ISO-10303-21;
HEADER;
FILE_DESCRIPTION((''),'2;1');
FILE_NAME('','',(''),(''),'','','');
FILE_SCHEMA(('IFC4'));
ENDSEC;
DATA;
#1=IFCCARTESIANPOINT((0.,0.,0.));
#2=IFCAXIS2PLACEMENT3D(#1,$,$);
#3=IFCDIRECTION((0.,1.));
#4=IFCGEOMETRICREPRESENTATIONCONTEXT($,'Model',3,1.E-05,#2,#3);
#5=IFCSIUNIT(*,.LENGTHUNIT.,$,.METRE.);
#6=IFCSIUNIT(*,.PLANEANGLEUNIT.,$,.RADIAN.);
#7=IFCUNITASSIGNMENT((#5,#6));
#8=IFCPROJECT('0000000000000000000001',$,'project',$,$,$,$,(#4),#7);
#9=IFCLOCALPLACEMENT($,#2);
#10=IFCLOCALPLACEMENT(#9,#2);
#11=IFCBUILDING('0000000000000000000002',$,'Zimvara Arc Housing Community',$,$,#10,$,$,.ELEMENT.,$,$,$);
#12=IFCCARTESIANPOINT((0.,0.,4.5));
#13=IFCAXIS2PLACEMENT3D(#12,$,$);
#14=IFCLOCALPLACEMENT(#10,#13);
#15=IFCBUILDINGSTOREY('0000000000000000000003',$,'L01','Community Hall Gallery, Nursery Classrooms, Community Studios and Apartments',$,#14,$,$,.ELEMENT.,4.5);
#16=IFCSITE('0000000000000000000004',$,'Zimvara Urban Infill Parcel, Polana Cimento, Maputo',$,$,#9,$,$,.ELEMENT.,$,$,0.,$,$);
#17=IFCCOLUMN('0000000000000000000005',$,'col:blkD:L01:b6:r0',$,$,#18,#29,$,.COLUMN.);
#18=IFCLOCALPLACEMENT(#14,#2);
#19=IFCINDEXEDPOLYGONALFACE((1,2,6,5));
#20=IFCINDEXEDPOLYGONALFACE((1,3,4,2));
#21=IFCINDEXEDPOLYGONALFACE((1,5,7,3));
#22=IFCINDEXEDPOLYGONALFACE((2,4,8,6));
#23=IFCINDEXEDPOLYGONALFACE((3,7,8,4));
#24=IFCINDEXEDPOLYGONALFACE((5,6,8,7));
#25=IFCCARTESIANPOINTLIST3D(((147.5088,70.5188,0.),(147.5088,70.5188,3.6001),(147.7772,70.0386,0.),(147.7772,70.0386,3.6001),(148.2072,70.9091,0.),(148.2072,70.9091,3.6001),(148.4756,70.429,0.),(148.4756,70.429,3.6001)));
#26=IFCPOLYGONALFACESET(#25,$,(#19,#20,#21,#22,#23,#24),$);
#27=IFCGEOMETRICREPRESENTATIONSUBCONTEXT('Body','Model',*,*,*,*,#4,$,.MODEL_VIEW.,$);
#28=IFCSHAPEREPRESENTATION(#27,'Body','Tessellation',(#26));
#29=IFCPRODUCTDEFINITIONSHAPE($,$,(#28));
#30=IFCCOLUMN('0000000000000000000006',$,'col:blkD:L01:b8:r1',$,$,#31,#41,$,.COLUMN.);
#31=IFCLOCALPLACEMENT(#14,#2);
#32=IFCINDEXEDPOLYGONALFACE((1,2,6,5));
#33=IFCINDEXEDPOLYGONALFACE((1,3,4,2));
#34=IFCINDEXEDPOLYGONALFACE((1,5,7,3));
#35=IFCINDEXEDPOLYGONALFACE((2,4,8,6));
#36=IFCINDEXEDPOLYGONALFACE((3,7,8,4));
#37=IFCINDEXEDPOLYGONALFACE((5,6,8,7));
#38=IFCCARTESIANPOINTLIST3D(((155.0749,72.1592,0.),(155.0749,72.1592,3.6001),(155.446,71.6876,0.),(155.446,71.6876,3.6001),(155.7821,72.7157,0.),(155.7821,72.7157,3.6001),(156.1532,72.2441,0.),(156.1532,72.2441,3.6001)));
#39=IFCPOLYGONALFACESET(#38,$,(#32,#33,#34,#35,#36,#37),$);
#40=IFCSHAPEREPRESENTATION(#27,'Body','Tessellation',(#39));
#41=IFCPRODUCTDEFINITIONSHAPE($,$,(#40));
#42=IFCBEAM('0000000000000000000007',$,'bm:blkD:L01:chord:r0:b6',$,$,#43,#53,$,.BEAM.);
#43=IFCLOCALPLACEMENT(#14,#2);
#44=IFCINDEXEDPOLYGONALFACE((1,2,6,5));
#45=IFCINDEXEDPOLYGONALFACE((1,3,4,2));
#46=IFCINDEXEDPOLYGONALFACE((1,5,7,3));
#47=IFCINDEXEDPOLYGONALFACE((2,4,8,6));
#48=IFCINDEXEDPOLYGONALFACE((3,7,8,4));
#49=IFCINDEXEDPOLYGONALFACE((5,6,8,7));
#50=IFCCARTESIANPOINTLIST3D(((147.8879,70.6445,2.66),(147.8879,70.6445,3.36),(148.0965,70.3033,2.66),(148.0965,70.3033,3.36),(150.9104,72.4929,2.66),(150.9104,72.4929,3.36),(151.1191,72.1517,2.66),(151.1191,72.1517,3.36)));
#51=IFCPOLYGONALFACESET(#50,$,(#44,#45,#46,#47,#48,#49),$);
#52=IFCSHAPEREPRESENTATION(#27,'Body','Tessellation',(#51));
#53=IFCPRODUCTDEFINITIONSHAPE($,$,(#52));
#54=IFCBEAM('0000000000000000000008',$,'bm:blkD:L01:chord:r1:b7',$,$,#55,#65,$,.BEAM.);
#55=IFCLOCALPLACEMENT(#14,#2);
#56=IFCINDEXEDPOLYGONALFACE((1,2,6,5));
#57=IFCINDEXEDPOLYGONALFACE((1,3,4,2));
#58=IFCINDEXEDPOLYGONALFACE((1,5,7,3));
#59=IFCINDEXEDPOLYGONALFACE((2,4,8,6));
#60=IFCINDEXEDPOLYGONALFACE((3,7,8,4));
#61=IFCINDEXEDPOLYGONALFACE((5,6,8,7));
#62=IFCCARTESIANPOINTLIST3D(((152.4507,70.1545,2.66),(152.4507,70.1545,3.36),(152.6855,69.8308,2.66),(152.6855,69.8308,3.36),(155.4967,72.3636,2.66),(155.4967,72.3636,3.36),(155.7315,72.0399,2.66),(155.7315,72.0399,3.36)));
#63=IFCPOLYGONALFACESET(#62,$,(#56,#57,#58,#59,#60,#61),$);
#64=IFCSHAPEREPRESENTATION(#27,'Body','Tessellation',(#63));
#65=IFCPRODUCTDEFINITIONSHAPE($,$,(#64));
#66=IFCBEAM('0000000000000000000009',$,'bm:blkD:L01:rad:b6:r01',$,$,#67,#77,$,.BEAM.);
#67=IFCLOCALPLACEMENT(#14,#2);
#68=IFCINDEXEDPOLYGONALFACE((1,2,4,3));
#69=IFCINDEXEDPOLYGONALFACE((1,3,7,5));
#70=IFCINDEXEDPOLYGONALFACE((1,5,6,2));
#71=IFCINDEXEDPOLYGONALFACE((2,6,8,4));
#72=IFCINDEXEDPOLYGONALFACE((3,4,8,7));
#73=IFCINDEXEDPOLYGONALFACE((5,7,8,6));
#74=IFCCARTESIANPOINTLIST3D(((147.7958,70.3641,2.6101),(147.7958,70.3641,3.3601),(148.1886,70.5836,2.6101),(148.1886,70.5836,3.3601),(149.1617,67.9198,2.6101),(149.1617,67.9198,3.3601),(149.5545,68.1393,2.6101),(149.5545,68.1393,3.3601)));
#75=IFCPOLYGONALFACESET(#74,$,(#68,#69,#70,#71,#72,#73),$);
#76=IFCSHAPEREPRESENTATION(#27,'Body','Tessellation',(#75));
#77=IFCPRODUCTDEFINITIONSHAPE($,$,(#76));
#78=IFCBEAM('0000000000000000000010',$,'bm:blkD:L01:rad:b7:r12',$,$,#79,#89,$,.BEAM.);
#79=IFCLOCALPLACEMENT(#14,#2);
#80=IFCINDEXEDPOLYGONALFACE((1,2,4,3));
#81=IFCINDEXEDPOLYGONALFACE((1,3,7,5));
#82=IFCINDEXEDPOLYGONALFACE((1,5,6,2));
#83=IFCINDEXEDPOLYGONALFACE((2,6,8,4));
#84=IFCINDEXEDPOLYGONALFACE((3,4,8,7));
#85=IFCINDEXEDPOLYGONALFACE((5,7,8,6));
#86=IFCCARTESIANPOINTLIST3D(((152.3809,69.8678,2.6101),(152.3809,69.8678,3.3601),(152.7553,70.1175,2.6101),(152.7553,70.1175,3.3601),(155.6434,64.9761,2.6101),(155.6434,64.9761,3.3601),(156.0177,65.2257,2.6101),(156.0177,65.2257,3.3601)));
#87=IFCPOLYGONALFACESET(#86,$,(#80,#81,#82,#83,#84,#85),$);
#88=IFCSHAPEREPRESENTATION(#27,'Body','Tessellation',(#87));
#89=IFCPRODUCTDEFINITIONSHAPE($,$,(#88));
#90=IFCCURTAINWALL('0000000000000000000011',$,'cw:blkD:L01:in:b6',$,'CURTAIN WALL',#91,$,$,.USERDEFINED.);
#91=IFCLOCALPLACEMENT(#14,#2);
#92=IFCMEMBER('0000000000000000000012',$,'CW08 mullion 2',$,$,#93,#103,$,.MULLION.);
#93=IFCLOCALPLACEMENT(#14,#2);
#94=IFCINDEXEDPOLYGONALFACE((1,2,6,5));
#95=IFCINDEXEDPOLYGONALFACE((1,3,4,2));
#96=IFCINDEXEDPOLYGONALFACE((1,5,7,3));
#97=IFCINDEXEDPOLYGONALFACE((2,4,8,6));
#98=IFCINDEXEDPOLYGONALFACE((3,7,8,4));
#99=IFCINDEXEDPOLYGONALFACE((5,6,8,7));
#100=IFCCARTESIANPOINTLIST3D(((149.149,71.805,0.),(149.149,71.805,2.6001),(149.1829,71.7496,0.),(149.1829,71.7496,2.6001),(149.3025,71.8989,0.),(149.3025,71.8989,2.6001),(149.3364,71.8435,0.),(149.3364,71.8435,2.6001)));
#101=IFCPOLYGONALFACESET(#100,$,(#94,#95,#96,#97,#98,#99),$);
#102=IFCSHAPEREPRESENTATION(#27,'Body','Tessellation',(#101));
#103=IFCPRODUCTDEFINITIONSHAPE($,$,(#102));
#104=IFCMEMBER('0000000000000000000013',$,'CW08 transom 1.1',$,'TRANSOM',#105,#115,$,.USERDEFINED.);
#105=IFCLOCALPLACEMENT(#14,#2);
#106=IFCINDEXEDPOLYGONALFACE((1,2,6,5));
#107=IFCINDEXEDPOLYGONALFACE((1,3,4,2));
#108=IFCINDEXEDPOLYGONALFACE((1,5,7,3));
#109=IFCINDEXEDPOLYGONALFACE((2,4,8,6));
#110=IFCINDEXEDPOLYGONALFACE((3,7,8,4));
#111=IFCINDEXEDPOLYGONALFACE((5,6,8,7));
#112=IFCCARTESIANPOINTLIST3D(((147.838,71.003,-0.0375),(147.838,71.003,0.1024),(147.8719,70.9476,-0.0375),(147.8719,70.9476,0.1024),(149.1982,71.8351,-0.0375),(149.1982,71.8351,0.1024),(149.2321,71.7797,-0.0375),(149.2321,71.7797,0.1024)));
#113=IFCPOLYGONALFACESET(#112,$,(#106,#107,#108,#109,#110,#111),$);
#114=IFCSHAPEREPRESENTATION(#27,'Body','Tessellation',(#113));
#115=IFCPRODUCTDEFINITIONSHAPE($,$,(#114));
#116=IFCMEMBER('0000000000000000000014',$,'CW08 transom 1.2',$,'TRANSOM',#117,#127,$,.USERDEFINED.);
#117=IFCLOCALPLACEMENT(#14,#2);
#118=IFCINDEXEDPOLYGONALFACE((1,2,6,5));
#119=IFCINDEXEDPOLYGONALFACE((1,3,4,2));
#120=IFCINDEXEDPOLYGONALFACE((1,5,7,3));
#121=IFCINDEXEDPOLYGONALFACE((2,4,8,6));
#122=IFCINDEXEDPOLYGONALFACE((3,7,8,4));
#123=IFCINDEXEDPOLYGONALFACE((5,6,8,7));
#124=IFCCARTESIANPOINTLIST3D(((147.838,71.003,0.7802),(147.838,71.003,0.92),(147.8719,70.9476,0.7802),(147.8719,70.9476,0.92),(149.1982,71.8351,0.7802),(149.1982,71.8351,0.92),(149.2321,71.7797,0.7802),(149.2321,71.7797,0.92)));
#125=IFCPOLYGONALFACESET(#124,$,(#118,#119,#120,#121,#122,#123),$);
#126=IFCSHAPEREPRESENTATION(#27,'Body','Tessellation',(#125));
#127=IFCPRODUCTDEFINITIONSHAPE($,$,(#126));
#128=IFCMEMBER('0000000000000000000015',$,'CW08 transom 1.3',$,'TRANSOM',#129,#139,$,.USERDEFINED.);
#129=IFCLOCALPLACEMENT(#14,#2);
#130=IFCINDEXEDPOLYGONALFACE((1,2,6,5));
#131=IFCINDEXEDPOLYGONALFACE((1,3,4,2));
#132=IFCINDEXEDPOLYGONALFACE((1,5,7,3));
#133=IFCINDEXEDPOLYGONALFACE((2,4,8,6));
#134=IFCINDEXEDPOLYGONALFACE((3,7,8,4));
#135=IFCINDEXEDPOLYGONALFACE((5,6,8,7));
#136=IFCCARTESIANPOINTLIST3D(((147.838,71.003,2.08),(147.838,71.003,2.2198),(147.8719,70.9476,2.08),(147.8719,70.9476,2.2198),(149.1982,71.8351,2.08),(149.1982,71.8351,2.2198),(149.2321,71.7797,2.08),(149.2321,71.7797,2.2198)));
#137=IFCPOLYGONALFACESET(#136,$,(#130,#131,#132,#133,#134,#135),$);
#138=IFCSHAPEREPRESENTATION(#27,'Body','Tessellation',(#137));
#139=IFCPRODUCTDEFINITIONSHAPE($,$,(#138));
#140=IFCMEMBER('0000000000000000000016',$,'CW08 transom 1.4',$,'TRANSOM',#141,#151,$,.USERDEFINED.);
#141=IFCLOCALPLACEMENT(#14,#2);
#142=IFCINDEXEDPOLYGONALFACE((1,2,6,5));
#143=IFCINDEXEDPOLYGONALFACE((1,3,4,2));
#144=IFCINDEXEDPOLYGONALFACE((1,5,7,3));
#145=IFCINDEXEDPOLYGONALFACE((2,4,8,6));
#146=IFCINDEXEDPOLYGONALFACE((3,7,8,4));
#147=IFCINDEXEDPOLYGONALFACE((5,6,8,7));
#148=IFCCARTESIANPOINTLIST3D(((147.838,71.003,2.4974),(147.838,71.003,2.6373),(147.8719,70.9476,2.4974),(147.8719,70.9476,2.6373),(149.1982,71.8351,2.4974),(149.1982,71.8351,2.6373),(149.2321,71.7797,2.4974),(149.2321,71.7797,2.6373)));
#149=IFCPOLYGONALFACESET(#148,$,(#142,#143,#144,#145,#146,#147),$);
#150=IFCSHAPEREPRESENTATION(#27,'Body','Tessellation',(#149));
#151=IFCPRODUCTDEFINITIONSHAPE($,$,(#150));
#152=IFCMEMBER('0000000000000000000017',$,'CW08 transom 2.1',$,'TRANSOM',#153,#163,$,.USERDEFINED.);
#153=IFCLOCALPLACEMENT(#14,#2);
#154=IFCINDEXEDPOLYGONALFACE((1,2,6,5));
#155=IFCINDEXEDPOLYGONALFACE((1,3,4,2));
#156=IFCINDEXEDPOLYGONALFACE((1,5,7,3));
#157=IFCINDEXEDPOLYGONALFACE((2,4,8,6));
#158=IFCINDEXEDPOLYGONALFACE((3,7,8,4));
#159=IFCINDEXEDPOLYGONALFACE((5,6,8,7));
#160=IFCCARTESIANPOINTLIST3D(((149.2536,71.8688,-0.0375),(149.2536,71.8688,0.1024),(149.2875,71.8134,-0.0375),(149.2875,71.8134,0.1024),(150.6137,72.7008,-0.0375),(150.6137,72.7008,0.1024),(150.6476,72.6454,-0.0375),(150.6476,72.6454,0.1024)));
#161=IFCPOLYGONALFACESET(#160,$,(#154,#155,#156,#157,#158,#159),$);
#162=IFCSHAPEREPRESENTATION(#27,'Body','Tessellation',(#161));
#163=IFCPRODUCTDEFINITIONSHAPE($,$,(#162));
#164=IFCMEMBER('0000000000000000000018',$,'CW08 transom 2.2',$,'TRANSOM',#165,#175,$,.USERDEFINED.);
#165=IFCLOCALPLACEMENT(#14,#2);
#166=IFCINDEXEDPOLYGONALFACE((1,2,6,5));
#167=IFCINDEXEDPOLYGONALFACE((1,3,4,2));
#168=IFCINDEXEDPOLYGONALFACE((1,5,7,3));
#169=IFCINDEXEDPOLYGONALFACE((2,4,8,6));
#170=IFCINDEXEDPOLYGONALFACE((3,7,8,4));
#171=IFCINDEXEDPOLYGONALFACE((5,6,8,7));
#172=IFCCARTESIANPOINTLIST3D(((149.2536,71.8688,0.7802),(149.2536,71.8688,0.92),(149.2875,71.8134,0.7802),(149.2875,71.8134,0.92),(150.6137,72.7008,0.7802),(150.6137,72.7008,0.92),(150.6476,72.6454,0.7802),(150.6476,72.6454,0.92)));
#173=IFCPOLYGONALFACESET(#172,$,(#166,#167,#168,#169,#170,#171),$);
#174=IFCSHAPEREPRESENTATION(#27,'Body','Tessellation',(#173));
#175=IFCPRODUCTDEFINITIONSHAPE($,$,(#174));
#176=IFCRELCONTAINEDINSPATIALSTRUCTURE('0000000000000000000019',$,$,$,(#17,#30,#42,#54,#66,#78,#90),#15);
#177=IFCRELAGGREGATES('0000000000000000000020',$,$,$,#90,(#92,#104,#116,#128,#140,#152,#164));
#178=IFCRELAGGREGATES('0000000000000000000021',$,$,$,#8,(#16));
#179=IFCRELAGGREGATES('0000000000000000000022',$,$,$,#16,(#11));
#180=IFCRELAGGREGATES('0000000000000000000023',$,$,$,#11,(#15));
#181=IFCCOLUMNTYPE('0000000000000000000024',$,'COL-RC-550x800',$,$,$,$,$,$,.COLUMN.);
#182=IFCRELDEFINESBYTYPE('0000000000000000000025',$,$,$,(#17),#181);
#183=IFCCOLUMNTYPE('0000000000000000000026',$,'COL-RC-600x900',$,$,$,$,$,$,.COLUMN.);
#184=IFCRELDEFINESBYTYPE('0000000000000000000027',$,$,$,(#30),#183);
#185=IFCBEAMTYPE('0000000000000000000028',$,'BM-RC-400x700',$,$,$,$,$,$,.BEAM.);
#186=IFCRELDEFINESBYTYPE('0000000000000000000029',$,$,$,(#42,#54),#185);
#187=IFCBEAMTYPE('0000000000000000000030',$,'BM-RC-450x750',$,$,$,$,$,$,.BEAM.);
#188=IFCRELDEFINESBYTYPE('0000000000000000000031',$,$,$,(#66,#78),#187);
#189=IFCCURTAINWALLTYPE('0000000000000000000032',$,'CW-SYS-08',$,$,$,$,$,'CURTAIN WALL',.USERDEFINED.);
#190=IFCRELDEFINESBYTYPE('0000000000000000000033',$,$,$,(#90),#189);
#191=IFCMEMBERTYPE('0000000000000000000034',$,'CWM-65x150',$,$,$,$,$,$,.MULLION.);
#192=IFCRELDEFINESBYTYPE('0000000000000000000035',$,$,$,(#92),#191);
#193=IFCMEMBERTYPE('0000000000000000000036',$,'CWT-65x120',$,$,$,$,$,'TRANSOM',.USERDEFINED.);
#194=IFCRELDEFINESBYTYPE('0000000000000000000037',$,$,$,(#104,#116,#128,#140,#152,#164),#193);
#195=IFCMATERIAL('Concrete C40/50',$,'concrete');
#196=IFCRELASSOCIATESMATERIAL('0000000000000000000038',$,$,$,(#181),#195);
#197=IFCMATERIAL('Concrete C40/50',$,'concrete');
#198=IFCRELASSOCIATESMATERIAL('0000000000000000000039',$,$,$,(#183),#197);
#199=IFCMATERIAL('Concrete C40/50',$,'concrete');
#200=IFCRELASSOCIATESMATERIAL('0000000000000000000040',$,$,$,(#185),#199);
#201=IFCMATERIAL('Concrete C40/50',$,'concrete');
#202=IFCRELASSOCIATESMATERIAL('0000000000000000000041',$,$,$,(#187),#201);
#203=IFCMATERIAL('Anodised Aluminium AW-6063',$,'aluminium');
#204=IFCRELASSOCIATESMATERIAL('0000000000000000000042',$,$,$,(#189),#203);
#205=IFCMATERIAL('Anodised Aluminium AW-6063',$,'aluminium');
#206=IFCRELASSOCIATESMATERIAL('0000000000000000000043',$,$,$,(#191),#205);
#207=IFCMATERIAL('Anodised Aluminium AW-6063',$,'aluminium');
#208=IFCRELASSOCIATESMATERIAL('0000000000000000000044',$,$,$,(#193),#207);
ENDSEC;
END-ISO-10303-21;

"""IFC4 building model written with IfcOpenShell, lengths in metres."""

from ifc_helpers import new_model, si_unit, direction, frame, origin, origin_2d, place, context, subcontext, project, spatial, rectangle, extrude, material, material_profile, profile_set, type_object, element, aggregate, save


model = new_model("IFC4")

# Units and contexts
model_context = context("Model", 3, precision=1e-05, world=origin(), true_north=direction((0.0, 1.0)))
body_context = subcontext(model_context, "Body", "Model", "MODEL_VIEW")
ifc_project = project(units=[si_unit("LENGTHUNIT", "METRE"), si_unit("PLANEANGLEUNIT", "RADIAN")], contexts=[model_context])

# Site, building, storey
site_placement = place(None, origin())
site = spatial("IfcSite", under=ifc_project, at=site_placement, Name="Zimvara Urban Infill Parcel, Polana Cimento, Maputo", CompositionType="ELEMENT", RefElevation=0.0)
building_placement = place(site_placement, origin())
building = spatial("IfcBuilding", under=site, at=building_placement, Name="Zimvara Arc Housing Community", CompositionType="ELEMENT")
storey_placement = place(building_placement, frame((0.0, 0.0, 4.5)))
storey = spatial("IfcBuildingStorey", under=building, at=storey_placement, Name="L01", Description="Community Hall Gallery, Nursery Classrooms, Community Studios and Apartments", CompositionType="ELEMENT", Elevation=4.5)

# Columns
ifc_material_1 = material(Name="Concrete C40/50", Category="concrete")
ifc_material_profile_1 = material_profile(ifc_material_1, rectangle(XDim=0.55, YDim=0.8, at=origin_2d()), Name="RC 550x800")
ifc_profile_set_1 = profile_set([ifc_material_profile_1], Name="Concrete C40/50")
column_type_1 = type_object("IfcColumnType", Name="COL-RC-550x800", PredefinedType="COLUMN", material=ifc_profile_set_1)
column_1_placement = place(storey_placement, frame((147.9922, 70.4739, 0.0), z_axis=(0.0, 0.0, 1.0), x_axis=(0.48786, -0.872922, 0.0)))
element("IfcColumn", 1, at=column_1_placement, inside=storey, type_object=column_type_1, Name="col:blkD:L01:b6:r0", PredefinedType="COLUMN", context=body_context, shape_type="SweptSolid", body=[
    extrude(rectangle(XDim=0.55, YDim=0.8, at=origin_2d()), origin(), (0.0, 0.0, 1.0), 3.6001),
])
ifc_material_2 = material(Name="Concrete C40/50", Category="concrete")
ifc_material_profile_2 = material_profile(ifc_material_2, rectangle(XDim=0.6001, YDim=0.8999, at=origin_2d()), Name="RC 600x900")
ifc_profile_set_2 = profile_set([ifc_material_profile_2], Name="Concrete C40/50")
column_type_2 = type_object("IfcColumnType", Name="COL-RC-600x900", PredefinedType="COLUMN", material=ifc_profile_set_2)
column_2_placement = place(storey_placement, frame((155.614, 72.2017, 0.0), z_axis=(0.0, 0.0, 1.0), x_axis=(0.618408, -0.785857, 0.0)))
element("IfcColumn", 2, at=column_2_placement, inside=storey, type_object=column_type_2, Name="col:blkD:L01:b8:r1", PredefinedType="COLUMN", context=body_context, shape_type="SweptSolid", body=[
    extrude(rectangle(XDim=0.6001, YDim=0.8999, at=origin_2d()), origin(), (0.0, 0.0, 1.0), 3.6001),
])

# Beams
ifc_material_3 = material(Name="Concrete C40/50", Category="concrete")
ifc_material_profile_3 = material_profile(ifc_material_3, rectangle(XDim=0.3999, YDim=0.7, at=origin_2d()), Name="RC 400x700")
ifc_profile_set_3 = profile_set([ifc_material_profile_3], Name="Concrete C40/50")
beam_type_1 = type_object("IfcBeamType", Name="BM-RC-400x700", PredefinedType="BEAM", material=ifc_profile_set_3)
beam_1_placement = place(storey_placement, frame((147.9922, 70.4739, 3.01), z_axis=(0.853115, 0.521723, 0.0), x_axis=(-0.521723, 0.853115, 0.0)))
element("IfcBeam", 3, at=beam_1_placement, inside=storey, type_object=beam_type_1, Name="bm:blkD:L01:chord:r0:b6", PredefinedType="BEAM", context=body_context, shape_type="SweptSolid", body=[
    extrude(rectangle(XDim=0.3999, YDim=0.7, at=origin_2d()), origin(), (0.0, 0.0, 1.0), 3.543),
])
beam_2_placement = place(storey_placement, frame((152.5681, 69.9927, 3.01), z_axis=(0.809521, 0.587091, 0.0), x_axis=(-0.587091, 0.809521, 0.0)))
element("IfcBeam", 4, at=beam_2_placement, inside=storey, type_object=beam_type_1, Name="bm:blkD:L01:chord:r1:b7", PredefinedType="BEAM", context=body_context, shape_type="SweptSolid", body=[
    extrude(rectangle(XDim=0.3999, YDim=0.7, at=origin_2d()), origin(), (0.0, 0.0, 1.0), 3.7627),
])
ifc_material_4 = material(Name="Concrete C40/50", Category="concrete")
ifc_material_profile_4 = material_profile(ifc_material_4, rectangle(XDim=0.45, YDim=0.75, at=origin_2d()), Name="RC 450x750")
ifc_profile_set_4 = profile_set([ifc_material_profile_4], Name="Concrete C40/50")
beam_type_2 = type_object("IfcBeamType", Name="BM-RC-450x750", PredefinedType="BEAM", material=ifc_profile_set_4)
beam_3_placement = place(storey_placement, frame((147.9922, 70.4739, 2.9851), z_axis=(0.487825, -0.872941, 0.0), x_axis=(0.872941, 0.487825, 0.0)))
element("IfcBeam", 5, at=beam_3_placement, inside=storey, type_object=beam_type_2, Name="bm:blkD:L01:rad:b6:r01", PredefinedType="BEAM", context=body_context, shape_type="SweptSolid", body=[
    extrude(rectangle(XDim=0.45, YDim=0.75, at=origin_2d()), origin(), (0.0, 0.0, 1.0), 2.8),
])
beam_4_placement = place(storey_placement, frame((152.5681, 69.9927, 2.9851), z_axis=(0.554844, -0.831954, 0.0), x_axis=(0.831954, 0.554844, 0.0)))
element("IfcBeam", 6, at=beam_4_placement, inside=storey, type_object=beam_type_2, Name="bm:blkD:L01:rad:b7:r12", PredefinedType="BEAM", context=body_context, shape_type="SweptSolid", body=[
    extrude(rectangle(XDim=0.45, YDim=0.75, at=origin_2d()), origin(), (0.0, 0.0, 1.0), 5.8799),
])

# Curtain wall, members
ifc_material_5 = material(Name="Anodised Aluminium AW-6063", Category="aluminium")
curtain_wall_type = type_object("IfcCurtainWallType", Name="CW-SYS-08", ElementType="CURTAIN WALL", PredefinedType="USERDEFINED", material=ifc_material_5)
curtain_wall_placement = place(storey_placement, origin())
curtain_wall = element("IfcCurtainWall", 7, at=curtain_wall_placement, inside=storey, type_object=curtain_wall_type, Name="cw:blkD:L01:in:b6", ObjectType="CURTAIN WALL", PredefinedType="USERDEFINED")
ifc_material_6 = material(Name="Anodised Aluminium AW-6063", Category="aluminium")
ifc_material_profile_5 = material_profile(ifc_material_6, rectangle(XDim=0.0649, YDim=0.1799, at=origin_2d()), Name="ALU 65x180")
ifc_profile_set_5 = profile_set([ifc_material_profile_5], Name="Anodised Aluminium AW-6063")
member_type_1 = type_object("IfcMemberType", Name="CWM-65x150", PredefinedType="MULLION", material=ifc_profile_set_5)
member_1_placement = place(storey_placement, frame((149.2427, 71.8242, 0.0), z_axis=(0.0, 0.0, 1.0), x_axis=(-0.521754, 0.853096, 0.0)))
member_1 = element("IfcMember", 8, at=member_1_placement, type_object=member_type_1, Name="CW08 mullion 2", PredefinedType="MULLION", context=body_context, shape_type="SweptSolid", body=[
    extrude(rectangle(XDim=0.0649, YDim=0.1799, at=origin_2d()), origin(), (0.0, 0.0, 1.0), 2.6001),
])
ifc_material_7 = material(Name="Anodised Aluminium AW-6063", Category="aluminium")
ifc_material_profile_6 = material_profile(ifc_material_7, rectangle(XDim=0.0649, YDim=0.1399, at=origin_2d()), Name="ALU 65x140")
ifc_profile_set_6 = profile_set([ifc_material_profile_6], Name="Anodised Aluminium AW-6063")
member_type_2 = type_object("IfcMemberType", Name="CWT-65x120", ElementType="TRANSOM", PredefinedType="USERDEFINED", material=ifc_profile_set_6)
member_2_placement = place(storey_placement, frame((147.855, 70.9753, 0.0325), z_axis=(0.853043, 0.52184, 0.0), x_axis=(-0.52184, 0.853043, 0.0)))
member_2 = element("IfcMember", 9, at=member_2_placement, type_object=member_type_2, Name="CW08 transom 1.1", ObjectType="TRANSOM", PredefinedType="USERDEFINED", context=body_context, shape_type="SweptSolid", body=[
    extrude(rectangle(XDim=0.0649, YDim=0.1399, at=origin_2d()), origin(), (0.0, 0.0, 1.0), 1.5945),
])
member_3_placement = place(storey_placement, frame((147.855, 70.9753, 0.8501), z_axis=(0.853043, 0.52184, 0.0), x_axis=(-0.52184, 0.853043, 0.0)))
member_3 = element("IfcMember", 10, at=member_3_placement, type_object=member_type_2, Name="CW08 transom 1.2", ObjectType="TRANSOM", PredefinedType="USERDEFINED", context=body_context, shape_type="SweptSolid", body=[
    extrude(rectangle(XDim=0.0649, YDim=0.1399, at=origin_2d()), origin(), (0.0, 0.0, 1.0), 1.5945),
])
member_4_placement = place(storey_placement, frame((147.855, 70.9753, 2.1499), z_axis=(0.853043, 0.52184, 0.0), x_axis=(-0.52184, 0.853043, 0.0)))
member_4 = element("IfcMember", 11, at=member_4_placement, type_object=member_type_2, Name="CW08 transom 1.3", ObjectType="TRANSOM", PredefinedType="USERDEFINED", context=body_context, shape_type="SweptSolid", body=[
    extrude(rectangle(XDim=0.0649, YDim=0.1399, at=origin_2d()), origin(), (0.0, 0.0, 1.0), 1.5945),
])
member_5_placement = place(storey_placement, frame((147.855, 70.9753, 2.5674), z_axis=(0.853043, 0.52184, 0.0), x_axis=(-0.52184, 0.853043, 0.0)))
member_5 = element("IfcMember", 12, at=member_5_placement, type_object=member_type_2, Name="CW08 transom 1.4", ObjectType="TRANSOM", PredefinedType="USERDEFINED", context=body_context, shape_type="SweptSolid", body=[
    extrude(rectangle(XDim=0.0649, YDim=0.1399, at=origin_2d()), origin(), (0.0, 0.0, 1.0), 1.5945),
])
member_6_placement = place(storey_placement, frame((149.2705, 71.8411, 0.0325), z_axis=(0.853043, 0.52184, 0.0), x_axis=(-0.52184, 0.853043, 0.0)))
member_6 = element("IfcMember", 13, at=member_6_placement, type_object=member_type_2, Name="CW08 transom 2.1", ObjectType="TRANSOM", PredefinedType="USERDEFINED", context=body_context, shape_type="SweptSolid", body=[
    extrude(rectangle(XDim=0.0649, YDim=0.1399, at=origin_2d()), origin(), (0.0, 0.0, 1.0), 1.5945),
])
member_7_placement = place(storey_placement, frame((149.2705, 71.8411, 0.8501), z_axis=(0.853043, 0.52184, 0.0), x_axis=(-0.52184, 0.853043, 0.0)))
member_7 = element("IfcMember", 14, at=member_7_placement, type_object=member_type_2, Name="CW08 transom 2.2", ObjectType="TRANSOM", PredefinedType="USERDEFINED", context=body_context, shape_type="SweptSolid", body=[
    extrude(rectangle(XDim=0.0649, YDim=0.1399, at=origin_2d()), origin(), (0.0, 0.0, 1.0), 1.5945),
])
aggregate(curtain_wall, [member_1, member_2, member_3, member_4, member_5, member_6, member_7])

save(model, "model.ifc")
